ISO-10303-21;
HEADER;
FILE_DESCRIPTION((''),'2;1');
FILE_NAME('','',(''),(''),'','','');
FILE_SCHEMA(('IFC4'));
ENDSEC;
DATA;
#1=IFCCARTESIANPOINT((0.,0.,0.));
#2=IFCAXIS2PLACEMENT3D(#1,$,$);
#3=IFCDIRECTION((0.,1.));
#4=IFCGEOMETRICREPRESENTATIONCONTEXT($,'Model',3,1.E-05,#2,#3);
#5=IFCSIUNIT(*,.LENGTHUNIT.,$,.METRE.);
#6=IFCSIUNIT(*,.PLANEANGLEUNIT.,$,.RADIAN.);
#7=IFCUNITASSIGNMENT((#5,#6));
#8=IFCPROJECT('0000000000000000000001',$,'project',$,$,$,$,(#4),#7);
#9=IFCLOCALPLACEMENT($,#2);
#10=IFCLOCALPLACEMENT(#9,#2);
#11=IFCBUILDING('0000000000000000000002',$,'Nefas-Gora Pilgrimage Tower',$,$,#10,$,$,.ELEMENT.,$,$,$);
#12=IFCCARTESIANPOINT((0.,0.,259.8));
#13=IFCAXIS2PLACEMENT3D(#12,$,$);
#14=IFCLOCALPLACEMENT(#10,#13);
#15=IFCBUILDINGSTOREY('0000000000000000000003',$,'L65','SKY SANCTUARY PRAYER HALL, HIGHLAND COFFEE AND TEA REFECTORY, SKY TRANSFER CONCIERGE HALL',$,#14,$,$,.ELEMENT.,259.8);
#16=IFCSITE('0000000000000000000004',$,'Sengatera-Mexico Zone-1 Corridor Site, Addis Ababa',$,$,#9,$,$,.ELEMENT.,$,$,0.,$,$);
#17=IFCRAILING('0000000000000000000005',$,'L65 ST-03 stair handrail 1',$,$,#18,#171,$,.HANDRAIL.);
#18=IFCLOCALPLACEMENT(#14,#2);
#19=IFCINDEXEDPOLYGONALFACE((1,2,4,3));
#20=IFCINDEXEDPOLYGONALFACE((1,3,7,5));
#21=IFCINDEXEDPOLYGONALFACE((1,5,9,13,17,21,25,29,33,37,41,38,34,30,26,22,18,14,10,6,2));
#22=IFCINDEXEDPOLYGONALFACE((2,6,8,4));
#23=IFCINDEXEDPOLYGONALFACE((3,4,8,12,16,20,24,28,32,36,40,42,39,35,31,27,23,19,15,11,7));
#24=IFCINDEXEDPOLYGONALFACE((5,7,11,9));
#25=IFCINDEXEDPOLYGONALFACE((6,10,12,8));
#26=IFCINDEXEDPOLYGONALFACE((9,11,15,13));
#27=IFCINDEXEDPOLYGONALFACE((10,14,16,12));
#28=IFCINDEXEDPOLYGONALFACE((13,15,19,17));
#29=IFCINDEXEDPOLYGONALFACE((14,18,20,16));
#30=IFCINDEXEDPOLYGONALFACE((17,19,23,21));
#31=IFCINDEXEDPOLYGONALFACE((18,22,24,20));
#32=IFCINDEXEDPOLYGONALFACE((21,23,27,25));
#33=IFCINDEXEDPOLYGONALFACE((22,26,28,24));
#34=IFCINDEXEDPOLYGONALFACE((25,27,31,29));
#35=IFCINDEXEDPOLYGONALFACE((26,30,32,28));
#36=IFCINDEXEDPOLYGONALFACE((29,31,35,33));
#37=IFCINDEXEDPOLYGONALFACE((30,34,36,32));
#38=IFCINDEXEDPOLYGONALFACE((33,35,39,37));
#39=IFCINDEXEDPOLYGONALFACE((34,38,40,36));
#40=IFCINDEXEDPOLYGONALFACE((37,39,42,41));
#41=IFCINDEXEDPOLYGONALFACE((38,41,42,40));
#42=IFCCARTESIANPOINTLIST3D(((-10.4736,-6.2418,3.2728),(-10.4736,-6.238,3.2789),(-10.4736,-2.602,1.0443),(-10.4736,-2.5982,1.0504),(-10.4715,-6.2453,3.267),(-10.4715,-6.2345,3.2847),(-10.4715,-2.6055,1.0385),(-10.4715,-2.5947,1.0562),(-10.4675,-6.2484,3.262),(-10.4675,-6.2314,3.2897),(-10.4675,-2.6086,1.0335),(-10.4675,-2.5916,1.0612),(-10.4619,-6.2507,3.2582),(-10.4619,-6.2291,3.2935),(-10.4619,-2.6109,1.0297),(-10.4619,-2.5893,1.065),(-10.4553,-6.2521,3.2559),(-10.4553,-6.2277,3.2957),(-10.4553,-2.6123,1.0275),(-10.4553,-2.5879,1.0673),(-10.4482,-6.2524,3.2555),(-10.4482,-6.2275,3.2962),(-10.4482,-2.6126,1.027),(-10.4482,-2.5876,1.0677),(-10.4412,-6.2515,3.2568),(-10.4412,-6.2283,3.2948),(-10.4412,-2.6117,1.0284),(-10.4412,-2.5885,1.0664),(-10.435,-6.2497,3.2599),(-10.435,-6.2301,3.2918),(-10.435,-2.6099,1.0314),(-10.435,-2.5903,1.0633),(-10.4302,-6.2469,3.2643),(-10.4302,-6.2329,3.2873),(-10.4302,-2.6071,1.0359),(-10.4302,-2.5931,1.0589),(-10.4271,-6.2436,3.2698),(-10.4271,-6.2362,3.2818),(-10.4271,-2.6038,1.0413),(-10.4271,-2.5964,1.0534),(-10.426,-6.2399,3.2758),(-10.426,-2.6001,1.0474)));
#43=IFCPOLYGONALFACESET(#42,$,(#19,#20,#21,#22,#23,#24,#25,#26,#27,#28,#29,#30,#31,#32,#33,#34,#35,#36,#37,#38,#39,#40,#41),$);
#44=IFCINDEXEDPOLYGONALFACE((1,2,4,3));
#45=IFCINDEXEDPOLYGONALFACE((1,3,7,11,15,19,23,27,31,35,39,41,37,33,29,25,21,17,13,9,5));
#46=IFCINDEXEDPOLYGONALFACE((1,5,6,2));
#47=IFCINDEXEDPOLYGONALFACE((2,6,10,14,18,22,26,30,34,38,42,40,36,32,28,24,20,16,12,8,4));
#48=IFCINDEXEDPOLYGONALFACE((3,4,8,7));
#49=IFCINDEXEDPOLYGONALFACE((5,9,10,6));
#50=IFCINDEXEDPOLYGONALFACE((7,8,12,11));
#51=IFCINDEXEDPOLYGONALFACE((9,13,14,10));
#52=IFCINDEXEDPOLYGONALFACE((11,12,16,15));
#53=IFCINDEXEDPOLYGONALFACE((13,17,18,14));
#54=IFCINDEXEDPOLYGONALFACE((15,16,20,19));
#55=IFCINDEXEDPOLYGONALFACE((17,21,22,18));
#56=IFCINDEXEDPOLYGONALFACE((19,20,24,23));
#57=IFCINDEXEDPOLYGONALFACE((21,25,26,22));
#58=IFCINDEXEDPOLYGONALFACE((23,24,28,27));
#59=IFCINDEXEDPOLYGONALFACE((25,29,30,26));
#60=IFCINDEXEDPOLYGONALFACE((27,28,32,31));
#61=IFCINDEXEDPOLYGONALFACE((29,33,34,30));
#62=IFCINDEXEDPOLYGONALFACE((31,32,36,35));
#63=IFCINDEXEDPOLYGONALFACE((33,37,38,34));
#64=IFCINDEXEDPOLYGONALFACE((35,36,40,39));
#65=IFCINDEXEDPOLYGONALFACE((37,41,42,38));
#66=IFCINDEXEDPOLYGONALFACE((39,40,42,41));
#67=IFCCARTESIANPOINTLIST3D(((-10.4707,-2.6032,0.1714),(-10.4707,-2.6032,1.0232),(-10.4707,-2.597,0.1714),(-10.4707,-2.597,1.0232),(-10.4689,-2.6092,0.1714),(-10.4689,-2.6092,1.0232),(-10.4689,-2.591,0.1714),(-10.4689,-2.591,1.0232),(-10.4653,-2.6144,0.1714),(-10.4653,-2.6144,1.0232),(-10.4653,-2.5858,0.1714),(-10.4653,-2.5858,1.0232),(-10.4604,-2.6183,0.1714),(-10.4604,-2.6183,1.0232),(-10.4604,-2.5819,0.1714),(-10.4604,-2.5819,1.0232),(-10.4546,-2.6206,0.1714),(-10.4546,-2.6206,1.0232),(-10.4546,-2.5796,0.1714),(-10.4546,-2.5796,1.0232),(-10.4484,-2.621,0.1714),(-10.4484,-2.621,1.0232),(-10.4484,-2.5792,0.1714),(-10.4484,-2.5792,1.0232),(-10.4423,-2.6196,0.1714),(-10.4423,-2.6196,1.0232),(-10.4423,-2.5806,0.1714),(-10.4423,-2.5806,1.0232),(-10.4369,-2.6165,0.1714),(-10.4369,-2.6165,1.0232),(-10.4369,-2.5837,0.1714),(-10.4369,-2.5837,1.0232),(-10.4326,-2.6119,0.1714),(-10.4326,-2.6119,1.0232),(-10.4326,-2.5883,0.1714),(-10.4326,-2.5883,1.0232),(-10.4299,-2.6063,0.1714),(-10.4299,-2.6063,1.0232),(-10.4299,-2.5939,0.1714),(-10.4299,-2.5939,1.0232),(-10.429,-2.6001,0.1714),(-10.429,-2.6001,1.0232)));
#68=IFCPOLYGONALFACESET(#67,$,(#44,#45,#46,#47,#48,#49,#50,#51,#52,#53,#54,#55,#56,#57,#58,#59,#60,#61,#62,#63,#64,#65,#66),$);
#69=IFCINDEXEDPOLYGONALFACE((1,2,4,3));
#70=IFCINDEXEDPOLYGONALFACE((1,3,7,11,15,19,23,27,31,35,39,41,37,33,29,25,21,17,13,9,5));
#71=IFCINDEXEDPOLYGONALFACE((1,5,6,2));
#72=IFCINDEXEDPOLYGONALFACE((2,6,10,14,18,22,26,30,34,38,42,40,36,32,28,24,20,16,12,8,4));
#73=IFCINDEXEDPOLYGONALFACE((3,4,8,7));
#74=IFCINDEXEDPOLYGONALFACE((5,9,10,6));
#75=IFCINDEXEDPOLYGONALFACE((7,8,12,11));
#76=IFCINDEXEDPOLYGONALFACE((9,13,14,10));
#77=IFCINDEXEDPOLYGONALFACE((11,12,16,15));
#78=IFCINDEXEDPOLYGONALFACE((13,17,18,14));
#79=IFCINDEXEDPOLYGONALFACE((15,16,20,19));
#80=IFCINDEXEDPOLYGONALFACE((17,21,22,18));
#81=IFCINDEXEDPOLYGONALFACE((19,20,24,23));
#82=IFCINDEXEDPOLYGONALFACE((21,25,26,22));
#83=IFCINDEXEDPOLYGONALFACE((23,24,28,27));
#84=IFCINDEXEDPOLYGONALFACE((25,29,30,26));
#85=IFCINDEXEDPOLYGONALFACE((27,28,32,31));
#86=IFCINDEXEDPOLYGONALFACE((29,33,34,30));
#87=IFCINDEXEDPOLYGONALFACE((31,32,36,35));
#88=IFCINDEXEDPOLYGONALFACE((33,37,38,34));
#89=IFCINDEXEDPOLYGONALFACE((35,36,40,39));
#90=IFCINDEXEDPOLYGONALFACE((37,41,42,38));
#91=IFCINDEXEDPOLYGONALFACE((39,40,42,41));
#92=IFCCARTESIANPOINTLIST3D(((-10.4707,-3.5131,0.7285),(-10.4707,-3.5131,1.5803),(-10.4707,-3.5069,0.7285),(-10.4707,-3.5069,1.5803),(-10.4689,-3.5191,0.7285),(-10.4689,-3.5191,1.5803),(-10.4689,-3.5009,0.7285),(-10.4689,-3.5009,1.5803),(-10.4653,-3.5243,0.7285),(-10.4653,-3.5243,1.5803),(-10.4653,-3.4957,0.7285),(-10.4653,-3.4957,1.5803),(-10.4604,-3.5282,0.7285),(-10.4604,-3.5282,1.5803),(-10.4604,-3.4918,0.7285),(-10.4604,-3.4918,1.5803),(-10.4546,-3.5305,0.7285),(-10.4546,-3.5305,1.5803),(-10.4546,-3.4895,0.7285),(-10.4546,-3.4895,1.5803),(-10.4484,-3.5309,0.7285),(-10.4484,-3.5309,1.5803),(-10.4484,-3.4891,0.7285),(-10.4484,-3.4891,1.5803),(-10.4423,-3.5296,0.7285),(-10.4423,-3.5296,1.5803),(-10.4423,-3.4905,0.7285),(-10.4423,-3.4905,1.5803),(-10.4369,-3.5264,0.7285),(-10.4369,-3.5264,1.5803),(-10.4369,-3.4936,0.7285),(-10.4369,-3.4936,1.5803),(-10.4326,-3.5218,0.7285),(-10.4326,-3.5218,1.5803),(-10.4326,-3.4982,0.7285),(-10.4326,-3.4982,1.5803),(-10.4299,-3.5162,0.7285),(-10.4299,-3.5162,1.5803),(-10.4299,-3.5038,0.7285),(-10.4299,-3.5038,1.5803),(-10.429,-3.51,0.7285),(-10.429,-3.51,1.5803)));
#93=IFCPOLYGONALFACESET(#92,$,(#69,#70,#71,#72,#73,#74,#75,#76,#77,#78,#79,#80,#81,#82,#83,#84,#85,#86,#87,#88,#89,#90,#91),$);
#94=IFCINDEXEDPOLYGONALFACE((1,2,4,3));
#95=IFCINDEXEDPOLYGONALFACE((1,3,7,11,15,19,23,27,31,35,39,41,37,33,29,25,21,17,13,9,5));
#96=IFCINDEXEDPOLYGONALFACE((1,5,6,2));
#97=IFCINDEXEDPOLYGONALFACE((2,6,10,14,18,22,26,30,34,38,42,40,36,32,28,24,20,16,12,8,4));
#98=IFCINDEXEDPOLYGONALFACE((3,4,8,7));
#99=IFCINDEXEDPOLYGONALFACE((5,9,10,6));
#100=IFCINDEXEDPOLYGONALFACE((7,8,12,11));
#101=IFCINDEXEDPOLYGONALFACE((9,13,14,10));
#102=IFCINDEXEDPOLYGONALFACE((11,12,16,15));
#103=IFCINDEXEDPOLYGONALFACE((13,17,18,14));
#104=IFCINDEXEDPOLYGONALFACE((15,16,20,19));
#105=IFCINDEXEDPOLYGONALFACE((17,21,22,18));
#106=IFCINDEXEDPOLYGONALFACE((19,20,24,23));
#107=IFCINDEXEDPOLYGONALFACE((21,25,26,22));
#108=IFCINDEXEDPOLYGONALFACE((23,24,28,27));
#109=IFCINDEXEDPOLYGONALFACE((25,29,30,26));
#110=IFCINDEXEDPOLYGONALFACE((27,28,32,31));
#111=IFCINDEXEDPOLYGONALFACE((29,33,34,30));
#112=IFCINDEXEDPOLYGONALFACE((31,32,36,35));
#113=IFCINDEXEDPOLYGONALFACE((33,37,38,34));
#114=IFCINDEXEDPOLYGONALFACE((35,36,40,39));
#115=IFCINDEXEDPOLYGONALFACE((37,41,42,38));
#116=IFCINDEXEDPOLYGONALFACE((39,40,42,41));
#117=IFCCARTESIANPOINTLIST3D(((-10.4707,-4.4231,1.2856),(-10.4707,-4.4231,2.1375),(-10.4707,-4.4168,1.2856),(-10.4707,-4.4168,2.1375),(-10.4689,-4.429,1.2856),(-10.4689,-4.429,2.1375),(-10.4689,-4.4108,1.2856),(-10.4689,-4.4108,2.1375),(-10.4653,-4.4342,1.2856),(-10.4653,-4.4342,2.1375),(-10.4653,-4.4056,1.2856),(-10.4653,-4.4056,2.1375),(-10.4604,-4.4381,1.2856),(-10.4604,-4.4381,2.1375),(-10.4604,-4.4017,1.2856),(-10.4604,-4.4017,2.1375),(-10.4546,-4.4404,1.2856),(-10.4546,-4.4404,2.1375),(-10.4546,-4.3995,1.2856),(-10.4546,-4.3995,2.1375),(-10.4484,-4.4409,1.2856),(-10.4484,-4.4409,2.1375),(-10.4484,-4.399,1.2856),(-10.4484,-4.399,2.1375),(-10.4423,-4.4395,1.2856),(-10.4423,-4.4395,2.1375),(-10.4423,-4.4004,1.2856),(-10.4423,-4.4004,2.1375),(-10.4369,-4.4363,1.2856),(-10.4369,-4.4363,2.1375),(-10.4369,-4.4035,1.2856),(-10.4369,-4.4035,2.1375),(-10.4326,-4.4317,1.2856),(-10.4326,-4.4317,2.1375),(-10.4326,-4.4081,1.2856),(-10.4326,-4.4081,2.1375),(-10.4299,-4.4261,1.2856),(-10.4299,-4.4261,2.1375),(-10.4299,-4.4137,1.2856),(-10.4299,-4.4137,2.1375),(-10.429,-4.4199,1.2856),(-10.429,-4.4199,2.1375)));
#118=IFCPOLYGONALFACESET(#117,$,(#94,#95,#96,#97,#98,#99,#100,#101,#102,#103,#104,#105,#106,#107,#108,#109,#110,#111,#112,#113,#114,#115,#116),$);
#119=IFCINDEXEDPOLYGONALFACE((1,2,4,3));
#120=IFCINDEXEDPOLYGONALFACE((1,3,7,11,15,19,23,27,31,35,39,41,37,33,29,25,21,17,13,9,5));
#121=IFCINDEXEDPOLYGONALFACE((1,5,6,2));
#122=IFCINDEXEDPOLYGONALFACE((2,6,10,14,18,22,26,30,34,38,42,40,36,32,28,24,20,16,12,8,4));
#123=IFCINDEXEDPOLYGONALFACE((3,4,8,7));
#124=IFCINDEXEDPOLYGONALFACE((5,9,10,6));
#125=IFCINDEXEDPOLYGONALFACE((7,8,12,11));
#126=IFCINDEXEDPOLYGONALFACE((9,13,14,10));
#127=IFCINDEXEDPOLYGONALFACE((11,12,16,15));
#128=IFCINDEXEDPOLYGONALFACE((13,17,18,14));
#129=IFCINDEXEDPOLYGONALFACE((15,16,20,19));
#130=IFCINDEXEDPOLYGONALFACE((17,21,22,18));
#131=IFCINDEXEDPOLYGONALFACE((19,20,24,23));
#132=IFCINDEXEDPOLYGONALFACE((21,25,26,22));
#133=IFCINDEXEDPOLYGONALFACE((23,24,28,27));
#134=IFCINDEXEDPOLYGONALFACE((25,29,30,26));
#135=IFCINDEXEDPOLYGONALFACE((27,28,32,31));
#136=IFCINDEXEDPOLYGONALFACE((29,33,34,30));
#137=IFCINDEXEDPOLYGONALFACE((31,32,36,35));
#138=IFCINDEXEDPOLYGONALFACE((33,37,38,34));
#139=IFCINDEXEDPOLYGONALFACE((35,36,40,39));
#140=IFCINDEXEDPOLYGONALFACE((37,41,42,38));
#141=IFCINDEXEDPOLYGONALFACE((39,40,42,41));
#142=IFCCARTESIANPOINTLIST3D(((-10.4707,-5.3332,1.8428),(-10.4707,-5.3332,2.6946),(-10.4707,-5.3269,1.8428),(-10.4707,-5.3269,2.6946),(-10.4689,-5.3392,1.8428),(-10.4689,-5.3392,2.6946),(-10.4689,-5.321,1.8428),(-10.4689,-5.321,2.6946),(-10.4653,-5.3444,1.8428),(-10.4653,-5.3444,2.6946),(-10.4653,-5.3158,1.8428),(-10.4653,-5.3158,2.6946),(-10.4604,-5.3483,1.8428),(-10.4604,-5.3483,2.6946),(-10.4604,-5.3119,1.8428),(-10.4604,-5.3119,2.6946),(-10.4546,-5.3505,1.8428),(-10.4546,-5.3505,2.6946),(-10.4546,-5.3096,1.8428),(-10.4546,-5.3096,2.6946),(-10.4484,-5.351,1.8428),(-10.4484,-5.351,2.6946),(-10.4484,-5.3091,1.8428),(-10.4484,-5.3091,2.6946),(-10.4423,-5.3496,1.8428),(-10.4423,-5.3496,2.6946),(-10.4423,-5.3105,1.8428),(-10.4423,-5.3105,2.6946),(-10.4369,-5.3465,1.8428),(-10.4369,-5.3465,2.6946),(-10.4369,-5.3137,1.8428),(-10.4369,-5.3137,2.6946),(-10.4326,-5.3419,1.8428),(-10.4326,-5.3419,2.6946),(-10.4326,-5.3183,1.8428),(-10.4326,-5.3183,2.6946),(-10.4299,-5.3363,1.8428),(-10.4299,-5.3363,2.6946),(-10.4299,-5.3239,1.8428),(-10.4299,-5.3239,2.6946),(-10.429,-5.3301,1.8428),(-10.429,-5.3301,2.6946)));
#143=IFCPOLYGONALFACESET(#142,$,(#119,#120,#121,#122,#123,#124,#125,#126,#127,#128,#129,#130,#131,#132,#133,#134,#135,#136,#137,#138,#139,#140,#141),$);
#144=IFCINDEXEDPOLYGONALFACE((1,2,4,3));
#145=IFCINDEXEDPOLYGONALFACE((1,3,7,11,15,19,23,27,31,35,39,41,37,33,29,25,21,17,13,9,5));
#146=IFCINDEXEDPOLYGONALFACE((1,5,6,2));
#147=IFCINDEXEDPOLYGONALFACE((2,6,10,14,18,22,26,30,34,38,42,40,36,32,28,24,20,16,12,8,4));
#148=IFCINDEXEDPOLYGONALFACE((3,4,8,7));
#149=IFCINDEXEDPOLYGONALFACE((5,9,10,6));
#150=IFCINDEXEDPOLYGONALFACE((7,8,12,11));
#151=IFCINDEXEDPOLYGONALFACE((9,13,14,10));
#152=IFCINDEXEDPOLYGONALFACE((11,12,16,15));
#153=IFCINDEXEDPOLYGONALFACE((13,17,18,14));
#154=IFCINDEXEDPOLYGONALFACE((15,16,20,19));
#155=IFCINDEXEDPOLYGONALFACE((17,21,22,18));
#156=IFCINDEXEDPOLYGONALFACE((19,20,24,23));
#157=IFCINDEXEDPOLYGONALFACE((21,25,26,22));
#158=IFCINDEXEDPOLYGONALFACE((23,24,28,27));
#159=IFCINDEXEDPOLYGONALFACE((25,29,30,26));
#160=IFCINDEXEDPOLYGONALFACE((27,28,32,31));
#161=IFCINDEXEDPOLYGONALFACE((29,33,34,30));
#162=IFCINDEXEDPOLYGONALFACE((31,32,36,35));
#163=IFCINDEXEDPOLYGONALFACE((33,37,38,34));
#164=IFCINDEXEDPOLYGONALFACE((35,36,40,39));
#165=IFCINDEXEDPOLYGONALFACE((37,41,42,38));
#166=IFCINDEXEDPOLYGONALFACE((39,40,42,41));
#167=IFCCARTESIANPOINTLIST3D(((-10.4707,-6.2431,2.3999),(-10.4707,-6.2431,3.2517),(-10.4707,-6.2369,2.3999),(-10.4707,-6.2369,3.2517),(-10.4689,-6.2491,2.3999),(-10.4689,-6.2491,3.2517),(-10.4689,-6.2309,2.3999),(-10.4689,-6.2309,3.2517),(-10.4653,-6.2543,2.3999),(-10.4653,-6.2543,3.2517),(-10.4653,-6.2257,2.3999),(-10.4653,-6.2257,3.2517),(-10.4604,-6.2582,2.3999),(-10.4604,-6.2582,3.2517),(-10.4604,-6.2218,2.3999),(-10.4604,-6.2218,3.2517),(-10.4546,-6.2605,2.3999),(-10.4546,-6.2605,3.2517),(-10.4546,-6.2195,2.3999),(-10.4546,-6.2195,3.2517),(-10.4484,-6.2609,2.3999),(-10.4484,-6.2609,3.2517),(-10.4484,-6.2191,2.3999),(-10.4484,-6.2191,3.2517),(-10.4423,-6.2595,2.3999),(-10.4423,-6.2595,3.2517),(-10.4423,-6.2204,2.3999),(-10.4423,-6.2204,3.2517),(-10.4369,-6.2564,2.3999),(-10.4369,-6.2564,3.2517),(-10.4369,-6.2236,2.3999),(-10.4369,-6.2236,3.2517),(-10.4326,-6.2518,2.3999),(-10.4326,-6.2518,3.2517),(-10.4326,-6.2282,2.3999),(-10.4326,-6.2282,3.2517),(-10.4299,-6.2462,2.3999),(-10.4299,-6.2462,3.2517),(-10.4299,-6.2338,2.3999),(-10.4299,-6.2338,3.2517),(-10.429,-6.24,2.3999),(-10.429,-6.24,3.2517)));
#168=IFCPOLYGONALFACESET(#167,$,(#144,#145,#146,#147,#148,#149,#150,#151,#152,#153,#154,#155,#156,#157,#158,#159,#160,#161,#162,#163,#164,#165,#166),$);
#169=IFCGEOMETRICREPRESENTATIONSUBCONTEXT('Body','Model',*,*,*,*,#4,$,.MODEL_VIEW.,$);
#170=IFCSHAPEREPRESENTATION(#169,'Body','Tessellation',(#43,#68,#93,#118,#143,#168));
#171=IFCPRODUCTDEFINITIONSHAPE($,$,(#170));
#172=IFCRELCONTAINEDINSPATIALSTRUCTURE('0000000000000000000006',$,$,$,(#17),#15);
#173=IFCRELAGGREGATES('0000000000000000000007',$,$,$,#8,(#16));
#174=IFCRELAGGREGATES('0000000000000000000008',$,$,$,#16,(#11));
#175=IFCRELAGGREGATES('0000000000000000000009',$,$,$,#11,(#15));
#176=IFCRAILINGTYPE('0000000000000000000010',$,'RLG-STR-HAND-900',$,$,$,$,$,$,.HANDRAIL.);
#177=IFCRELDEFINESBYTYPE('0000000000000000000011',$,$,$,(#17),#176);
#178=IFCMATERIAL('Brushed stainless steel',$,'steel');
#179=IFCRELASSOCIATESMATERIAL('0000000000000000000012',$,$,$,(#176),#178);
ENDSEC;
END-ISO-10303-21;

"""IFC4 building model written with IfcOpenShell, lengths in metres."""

from ifc_helpers import new_model, si_unit, direction, frame, origin, origin_2d, place, context, subcontext, project, spatial, circle, extrude, material, type_object, element, save


model = new_model("IFC4")

# Units and contexts
model_context = context("Model", 3, precision=1e-05, world=origin(), true_north=direction((0.0, 1.0)))
body_context = subcontext(model_context, "Body", "Model", "MODEL_VIEW")
ifc_project = project(units=[si_unit("LENGTHUNIT", "METRE"), si_unit("PLANEANGLEUNIT", "RADIAN")], contexts=[model_context])

# Site, building, storey
site_placement = place(None, origin())
site = spatial("IfcSite", under=ifc_project, at=site_placement, Name="Sengatera-Mexico Zone-1 Corridor Site, Addis Ababa", CompositionType="ELEMENT", RefElevation=0.0)
building_placement = place(site_placement, origin())
building = spatial("IfcBuilding", under=site, at=building_placement, Name="Nefas-Gora Pilgrimage Tower", CompositionType="ELEMENT")
storey_placement = place(building_placement, frame((0.0, 0.0, 259.8)))
storey = spatial("IfcBuildingStorey", under=building, at=storey_placement, Name="L65", Description="SKY SANCTUARY PRAYER HALL, HIGHLAND COFFEE AND TEA REFECTORY, SKY TRANSFER CONCIERGE HALL", CompositionType="ELEMENT", Elevation=259.8)

# Railing
ifc_material_1 = material(Name="Brushed stainless steel", Category="steel")
railing_type = type_object("IfcRailingType", Name="RLG-STR-HAND-900", PredefinedType="HANDRAIL", material=ifc_material_1)
railing_placement = place(storey_placement, frame((-10.45, -2.6001, 0.1714)))
element("IfcRailing", 1, at=railing_placement, inside=storey, type_object=railing_type, Name="L65 ST-03 stair handrail 1", PredefinedType="HANDRAIL", context=body_context, shape_type="SweptSolid", body=[
    extrude(circle(Radius=0.0239, at=origin_2d()), frame((0.0, 0.0, 0.876), z_axis=(0.0, -0.85285, 0.522156), x_axis=(1.0, 0.0, 0.0)), (0.0, 0.0, 1.0), 4.2678),
    extrude(circle(Radius=0.021, at=origin_2d()), origin(), (0.0, 0.0, 1.0), 0.8518),
    extrude(circle(Radius=0.021, at=origin_2d()), frame((0.0, -0.9099, 0.5571)), (0.0, 0.0, 1.0), 0.8518),
    extrude(circle(Radius=0.021, at=origin_2d()), frame((0.0, -1.8198, 1.1143)), (0.0, 0.0, 1.0), 0.8518),
    extrude(circle(Radius=0.021, at=origin_2d()), frame((0.0, -2.73, 1.6714)), (0.0, 0.0, 1.0), 0.8518),
    extrude(circle(Radius=0.021, at=origin_2d()), frame((0.0, -3.6399, 2.2285)), (0.0, 0.0, 1.0), 0.8518),
])

save(model, "model.ifc")
